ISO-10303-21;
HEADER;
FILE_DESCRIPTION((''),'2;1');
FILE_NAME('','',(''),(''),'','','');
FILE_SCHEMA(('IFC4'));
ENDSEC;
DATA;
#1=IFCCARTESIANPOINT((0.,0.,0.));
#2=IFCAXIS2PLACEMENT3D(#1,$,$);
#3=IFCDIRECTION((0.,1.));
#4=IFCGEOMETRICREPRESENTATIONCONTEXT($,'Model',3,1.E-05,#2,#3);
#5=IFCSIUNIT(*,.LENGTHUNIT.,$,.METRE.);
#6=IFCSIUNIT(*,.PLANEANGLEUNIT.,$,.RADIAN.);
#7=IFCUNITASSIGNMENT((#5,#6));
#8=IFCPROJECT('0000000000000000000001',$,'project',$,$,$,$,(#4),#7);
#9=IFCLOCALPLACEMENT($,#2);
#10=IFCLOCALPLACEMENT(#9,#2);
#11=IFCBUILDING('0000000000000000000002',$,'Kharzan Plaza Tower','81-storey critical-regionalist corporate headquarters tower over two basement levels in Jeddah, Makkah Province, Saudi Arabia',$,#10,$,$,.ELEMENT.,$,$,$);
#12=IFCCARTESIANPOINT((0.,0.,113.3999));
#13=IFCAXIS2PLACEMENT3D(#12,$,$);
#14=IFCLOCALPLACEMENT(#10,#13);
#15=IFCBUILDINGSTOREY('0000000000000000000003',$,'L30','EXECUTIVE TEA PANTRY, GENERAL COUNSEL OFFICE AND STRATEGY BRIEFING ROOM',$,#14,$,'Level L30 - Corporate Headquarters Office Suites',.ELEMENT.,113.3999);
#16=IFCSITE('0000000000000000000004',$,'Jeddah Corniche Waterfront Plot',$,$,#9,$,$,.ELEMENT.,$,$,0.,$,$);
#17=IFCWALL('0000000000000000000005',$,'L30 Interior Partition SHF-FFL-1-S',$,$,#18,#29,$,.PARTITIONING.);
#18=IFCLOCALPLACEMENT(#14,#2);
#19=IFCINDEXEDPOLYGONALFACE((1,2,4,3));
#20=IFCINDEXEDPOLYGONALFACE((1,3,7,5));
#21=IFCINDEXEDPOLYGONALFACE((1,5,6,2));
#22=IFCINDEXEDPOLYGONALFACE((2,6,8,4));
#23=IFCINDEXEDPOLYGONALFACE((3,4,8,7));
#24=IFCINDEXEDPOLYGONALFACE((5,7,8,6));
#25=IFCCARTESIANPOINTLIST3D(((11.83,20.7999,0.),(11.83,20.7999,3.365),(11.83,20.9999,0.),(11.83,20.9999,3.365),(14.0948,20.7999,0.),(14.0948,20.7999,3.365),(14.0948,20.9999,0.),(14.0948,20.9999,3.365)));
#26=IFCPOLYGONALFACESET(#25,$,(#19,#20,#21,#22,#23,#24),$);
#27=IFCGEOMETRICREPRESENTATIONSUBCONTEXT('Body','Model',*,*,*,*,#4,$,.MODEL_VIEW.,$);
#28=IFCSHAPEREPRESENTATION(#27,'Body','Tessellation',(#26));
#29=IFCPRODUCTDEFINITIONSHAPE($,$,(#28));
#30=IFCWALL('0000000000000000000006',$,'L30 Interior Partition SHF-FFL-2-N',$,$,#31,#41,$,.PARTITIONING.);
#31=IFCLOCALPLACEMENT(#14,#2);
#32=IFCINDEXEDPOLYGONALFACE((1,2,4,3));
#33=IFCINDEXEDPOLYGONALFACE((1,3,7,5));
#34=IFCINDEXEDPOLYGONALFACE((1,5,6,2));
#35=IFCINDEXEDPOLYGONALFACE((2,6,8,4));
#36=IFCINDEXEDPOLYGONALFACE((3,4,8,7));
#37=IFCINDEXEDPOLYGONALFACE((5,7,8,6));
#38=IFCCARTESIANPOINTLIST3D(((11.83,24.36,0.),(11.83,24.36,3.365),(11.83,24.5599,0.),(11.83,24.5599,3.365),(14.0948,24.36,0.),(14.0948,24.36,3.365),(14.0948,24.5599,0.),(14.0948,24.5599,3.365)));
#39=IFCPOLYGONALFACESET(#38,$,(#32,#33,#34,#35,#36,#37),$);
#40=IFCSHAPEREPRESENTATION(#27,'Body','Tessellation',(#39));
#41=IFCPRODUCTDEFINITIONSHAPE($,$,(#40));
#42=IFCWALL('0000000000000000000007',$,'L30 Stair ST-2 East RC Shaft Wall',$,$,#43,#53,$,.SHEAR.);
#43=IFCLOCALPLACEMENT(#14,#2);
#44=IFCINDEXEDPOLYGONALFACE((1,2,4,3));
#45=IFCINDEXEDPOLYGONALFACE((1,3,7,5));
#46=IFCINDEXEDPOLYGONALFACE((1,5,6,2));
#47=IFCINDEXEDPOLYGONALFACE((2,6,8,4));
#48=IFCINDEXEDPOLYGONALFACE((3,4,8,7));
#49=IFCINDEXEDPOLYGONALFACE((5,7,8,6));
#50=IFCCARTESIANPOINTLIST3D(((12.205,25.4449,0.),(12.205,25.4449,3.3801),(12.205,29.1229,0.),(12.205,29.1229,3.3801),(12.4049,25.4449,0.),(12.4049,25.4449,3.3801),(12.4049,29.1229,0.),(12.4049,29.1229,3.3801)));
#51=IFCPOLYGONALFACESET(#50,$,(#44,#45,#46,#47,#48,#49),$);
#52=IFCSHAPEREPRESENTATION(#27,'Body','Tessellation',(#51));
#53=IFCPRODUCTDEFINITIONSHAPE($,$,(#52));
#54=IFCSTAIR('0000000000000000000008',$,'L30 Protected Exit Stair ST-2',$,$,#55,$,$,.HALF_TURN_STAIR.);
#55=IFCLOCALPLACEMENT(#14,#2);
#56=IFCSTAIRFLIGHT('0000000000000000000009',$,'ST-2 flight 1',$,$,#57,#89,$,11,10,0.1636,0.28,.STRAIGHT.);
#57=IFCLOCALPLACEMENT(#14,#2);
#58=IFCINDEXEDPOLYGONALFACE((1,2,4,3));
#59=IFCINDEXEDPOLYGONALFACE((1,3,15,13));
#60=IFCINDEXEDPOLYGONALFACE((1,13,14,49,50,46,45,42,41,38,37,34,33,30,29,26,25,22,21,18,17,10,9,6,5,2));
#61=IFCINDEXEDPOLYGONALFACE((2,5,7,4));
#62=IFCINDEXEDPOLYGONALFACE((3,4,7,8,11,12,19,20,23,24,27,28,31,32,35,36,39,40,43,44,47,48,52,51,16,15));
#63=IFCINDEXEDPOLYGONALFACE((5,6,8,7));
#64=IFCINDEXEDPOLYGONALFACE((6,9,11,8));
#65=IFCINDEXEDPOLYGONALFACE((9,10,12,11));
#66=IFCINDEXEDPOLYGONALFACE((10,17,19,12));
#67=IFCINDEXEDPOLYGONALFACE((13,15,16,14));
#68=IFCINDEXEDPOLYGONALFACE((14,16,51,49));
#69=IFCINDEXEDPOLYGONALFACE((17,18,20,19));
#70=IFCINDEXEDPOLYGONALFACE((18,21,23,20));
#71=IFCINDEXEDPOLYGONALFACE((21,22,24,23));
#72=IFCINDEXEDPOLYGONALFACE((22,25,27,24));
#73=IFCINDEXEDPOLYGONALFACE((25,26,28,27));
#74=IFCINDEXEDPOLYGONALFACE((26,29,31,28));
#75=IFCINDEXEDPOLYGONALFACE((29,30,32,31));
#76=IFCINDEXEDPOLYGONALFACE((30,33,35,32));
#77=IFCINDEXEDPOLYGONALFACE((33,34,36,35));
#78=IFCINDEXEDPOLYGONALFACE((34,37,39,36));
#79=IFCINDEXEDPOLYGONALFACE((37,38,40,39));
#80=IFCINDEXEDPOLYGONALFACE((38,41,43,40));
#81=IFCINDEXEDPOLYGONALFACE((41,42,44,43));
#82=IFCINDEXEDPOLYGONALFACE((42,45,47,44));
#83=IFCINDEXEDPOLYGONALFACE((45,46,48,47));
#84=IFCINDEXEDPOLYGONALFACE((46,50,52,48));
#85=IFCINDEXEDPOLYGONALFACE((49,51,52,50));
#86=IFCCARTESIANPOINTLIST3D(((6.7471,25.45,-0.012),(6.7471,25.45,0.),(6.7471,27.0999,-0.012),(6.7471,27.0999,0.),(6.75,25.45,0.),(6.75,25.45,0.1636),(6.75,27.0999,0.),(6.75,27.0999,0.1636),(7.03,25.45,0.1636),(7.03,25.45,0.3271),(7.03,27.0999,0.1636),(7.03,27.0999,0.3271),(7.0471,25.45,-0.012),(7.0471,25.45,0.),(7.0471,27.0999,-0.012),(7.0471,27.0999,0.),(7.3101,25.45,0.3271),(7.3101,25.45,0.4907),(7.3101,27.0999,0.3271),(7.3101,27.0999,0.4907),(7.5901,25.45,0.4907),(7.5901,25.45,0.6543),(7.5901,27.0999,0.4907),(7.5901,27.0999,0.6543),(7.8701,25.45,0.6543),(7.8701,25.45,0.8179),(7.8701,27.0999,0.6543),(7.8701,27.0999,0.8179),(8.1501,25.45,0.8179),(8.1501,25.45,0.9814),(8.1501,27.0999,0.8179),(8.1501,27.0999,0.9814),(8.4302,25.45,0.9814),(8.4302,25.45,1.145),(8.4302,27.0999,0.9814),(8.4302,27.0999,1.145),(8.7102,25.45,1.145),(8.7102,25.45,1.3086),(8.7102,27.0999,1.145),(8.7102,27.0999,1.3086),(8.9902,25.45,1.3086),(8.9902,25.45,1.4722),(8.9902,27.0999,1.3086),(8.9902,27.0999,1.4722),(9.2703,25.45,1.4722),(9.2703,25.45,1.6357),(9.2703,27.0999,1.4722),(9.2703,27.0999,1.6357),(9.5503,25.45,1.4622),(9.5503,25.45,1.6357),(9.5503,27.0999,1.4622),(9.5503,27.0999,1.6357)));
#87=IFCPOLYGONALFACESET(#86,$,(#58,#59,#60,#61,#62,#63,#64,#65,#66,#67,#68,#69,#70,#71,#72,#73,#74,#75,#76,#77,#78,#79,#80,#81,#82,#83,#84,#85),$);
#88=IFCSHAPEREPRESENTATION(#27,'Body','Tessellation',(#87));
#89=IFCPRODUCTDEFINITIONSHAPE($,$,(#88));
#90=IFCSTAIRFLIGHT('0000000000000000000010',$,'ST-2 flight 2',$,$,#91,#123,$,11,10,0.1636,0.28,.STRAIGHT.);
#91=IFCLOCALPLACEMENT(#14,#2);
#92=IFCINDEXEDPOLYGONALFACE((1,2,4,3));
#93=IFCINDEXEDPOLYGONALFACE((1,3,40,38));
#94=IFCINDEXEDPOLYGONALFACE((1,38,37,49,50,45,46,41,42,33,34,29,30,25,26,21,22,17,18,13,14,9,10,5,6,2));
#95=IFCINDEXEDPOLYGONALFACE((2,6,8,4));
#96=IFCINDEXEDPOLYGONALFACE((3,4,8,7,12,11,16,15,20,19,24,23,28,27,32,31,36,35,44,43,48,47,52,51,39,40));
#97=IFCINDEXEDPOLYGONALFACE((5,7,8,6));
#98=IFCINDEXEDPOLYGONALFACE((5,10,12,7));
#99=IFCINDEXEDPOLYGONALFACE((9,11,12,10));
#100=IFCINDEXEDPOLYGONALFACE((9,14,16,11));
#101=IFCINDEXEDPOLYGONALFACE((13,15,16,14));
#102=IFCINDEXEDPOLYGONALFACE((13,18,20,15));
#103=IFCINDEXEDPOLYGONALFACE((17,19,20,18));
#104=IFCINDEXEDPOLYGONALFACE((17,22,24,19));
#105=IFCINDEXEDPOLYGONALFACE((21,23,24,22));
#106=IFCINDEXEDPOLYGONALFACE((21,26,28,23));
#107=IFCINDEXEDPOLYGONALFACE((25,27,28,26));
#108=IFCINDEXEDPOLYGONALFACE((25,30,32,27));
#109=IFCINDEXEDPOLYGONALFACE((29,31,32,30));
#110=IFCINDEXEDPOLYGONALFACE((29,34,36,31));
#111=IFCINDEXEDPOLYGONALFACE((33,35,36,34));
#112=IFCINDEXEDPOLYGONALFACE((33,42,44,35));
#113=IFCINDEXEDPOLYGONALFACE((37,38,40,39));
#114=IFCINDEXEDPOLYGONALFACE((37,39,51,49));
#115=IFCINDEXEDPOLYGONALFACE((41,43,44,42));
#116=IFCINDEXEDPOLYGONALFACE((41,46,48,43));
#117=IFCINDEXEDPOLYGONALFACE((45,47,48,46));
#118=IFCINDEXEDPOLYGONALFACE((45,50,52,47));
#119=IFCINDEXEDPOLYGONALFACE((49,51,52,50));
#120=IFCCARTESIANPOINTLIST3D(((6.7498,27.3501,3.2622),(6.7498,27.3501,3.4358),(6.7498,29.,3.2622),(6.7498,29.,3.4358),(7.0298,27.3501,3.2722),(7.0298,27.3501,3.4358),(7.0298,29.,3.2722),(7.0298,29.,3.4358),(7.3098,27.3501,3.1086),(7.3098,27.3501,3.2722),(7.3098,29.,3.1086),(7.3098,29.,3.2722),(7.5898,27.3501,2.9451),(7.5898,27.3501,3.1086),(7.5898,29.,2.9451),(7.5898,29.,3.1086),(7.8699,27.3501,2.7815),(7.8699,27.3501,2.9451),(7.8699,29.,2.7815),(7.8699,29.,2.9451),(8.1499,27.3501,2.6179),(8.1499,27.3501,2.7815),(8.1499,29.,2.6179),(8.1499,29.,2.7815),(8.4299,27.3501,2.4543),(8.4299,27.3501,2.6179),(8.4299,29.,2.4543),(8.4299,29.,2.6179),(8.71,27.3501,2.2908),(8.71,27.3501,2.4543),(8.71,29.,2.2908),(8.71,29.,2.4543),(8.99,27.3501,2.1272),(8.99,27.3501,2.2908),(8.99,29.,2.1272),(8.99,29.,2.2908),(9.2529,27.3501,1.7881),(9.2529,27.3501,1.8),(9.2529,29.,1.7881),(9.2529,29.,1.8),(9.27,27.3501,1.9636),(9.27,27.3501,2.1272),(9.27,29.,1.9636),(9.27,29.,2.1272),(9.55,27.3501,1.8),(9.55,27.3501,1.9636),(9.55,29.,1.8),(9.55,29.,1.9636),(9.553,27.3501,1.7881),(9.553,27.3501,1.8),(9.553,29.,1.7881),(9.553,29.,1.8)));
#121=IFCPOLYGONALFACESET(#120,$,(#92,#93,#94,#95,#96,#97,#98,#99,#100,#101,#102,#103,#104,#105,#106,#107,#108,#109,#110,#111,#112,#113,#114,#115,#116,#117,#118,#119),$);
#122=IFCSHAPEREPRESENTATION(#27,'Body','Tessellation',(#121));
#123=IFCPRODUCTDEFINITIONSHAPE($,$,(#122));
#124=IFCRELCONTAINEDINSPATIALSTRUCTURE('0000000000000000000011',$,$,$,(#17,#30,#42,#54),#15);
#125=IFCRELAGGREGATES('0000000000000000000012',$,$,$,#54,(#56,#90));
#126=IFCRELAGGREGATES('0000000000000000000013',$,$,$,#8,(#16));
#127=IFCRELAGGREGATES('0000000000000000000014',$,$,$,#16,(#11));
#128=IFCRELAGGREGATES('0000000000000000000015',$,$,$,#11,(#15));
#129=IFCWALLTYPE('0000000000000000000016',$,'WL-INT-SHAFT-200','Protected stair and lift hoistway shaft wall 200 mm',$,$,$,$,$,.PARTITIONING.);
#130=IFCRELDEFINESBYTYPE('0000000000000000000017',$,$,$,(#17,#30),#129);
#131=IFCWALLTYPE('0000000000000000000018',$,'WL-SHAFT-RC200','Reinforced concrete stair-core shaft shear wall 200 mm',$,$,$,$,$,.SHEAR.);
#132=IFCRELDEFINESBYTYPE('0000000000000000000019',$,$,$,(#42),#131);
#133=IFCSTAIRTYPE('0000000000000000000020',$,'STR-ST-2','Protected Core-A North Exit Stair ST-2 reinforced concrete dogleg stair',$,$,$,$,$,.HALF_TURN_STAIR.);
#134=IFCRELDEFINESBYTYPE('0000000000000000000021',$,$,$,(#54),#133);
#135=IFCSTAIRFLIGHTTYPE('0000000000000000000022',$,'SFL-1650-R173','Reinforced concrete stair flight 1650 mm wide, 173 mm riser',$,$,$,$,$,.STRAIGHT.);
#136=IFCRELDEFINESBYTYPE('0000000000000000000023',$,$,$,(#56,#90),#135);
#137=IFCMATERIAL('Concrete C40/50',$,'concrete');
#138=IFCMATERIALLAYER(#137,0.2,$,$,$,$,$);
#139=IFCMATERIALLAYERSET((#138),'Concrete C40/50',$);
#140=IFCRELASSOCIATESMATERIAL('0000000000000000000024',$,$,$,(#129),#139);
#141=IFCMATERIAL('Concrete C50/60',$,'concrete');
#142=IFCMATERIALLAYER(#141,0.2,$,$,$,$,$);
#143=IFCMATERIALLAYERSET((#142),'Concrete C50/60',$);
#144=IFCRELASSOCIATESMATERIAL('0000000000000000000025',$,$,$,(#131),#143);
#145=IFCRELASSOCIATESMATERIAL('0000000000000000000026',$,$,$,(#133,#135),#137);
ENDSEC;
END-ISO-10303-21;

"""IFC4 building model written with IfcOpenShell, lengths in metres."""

from ifc_helpers import new_model, si_unit, direction, frame, frame_2d, origin, place, context, subcontext, project, spatial, polyline, rectangle, outline, extrude, source, transform, mapped, material, layer, layer_set, type_object, element, aggregate, save


model = new_model("IFC4")

# Units and contexts
model_context = context("Model", 3, precision=1e-05, world=origin(), true_north=direction((0.0, 1.0)))
body_context = subcontext(model_context, "Body", "Model", "MODEL_VIEW")
ifc_project = project(units=[si_unit("LENGTHUNIT", "METRE"), si_unit("PLANEANGLEUNIT", "RADIAN")], contexts=[model_context])

# Site, building, storey
site_placement = place(None, origin())
site = spatial("IfcSite", under=ifc_project, at=site_placement, Name="Jeddah Corniche Waterfront Plot", CompositionType="ELEMENT", RefElevation=0.0)
building_placement = place(site_placement, origin())
building = spatial("IfcBuilding", under=site, at=building_placement, Name="Kharzan Plaza Tower", Description="81-storey critical-regionalist corporate headquarters tower over two basement levels in Jeddah, Makkah Province, Saudi Arabia", CompositionType="ELEMENT")
storey_placement = place(building_placement, frame((0.0, 0.0, 113.3999)))
storey = spatial("IfcBuildingStorey", under=building, at=storey_placement, Name="L30", Description="EXECUTIVE TEA PANTRY, GENERAL COUNSEL OFFICE AND STRATEGY BRIEFING ROOM", LongName="Level L30 - Corporate Headquarters Office Suites", CompositionType="ELEMENT", Elevation=113.3999)

# Shared definitions
ifc_material_1 = material(Name="Concrete C40/50", Category="concrete")
ifc_layer_1 = layer(ifc_material_1, 0.2)
ifc_layer_set_1 = layer_set([ifc_layer_1], Name="Concrete C40/50")
wall_type_1 = type_object("IfcWallType", Name="WL-INT-SHAFT-200", Description="Protected stair and lift hoistway shaft wall 200 mm", PredefinedType="PARTITIONING", material=ifc_layer_set_1)

# Walls
shared_shape_1 = source(origin(), body_context, "Body", "SweptSolid", [
    extrude(rectangle(XDim=2.2649, YDim=0.2, at=frame_2d((1.1323, 0.0))), origin(), (0.0, 0.0, 1.0), 3.365),
])
for number, where, z_axis, x_axis, name in (
    (1, (11.8301, 20.8999, 0.0), (0.0, 0.0, 1.0), (1.0, 0.0, 0.0), "L30 Interior Partition SHF-FFL-1-S"),
    (2, (11.8301, 24.46, 0.0), (0.0, 0.0, 1.0), (1.0, 0.0, 0.0), "L30 Interior Partition SHF-FFL-2-N"),
):
    element("IfcWall", number, at=place(storey_placement, frame(where, z_axis=z_axis, x_axis=x_axis)), inside=storey, type_object=wall_type_1, Name=name, PredefinedType="PARTITIONING", context=body_context, shape_type="MappedRepresentation", body=[
        mapped(shared_shape_1, transform((0.0, 0.0, 0.0), x_axis=(1.0, 0.0, 0.0), y_axis=(0.0, 1.0, 0.0), z_axis=(0.0, 0.0, 1.0))),
    ])
ifc_material_2 = material(Name="Concrete C50/60", Category="concrete")
ifc_layer_2 = layer(ifc_material_2, 0.2)
ifc_layer_set_2 = layer_set([ifc_layer_2], Name="Concrete C50/60")
wall_type_2 = type_object("IfcWallType", Name="WL-SHAFT-RC200", Description="Reinforced concrete stair-core shaft shear wall 200 mm", PredefinedType="SHEAR", material=ifc_layer_set_2)
shared_shape_2 = source(origin(), body_context, "Body", "SweptSolid", [
    extrude(rectangle(XDim=3.678, YDim=0.2, at=frame_2d((1.8389, 0.0))), origin(), (0.0, 0.0, 1.0), 3.3801),
])
wall_1_placement = place(storey_placement, frame((12.3049, 25.4451, 0.0), z_axis=(0.0, 0.0, 1.0), x_axis=(0.0, 1.0, 0.0)))
element("IfcWall", 3, at=wall_1_placement, inside=storey, type_object=wall_type_2, Name="L30 Stair ST-2 East RC Shaft Wall", PredefinedType="SHEAR", context=body_context, shape_type="MappedRepresentation", body=[
    mapped(shared_shape_2, transform((0.0, 0.0, 0.0), x_axis=(1.0, 0.0, 0.0), y_axis=(0.0, 1.0, 0.0), z_axis=(0.0, 0.0, 1.0))),
])

# Stair, stair flights
stair_type = type_object("IfcStairType", Name="STR-ST-2", Description="Protected Core-A North Exit Stair ST-2 reinforced concrete dogleg stair", PredefinedType="HALF_TURN_STAIR", material=ifc_material_1)
stair_placement = place(storey_placement, origin())
stair = element("IfcStair", 4, at=stair_placement, inside=storey, type_object=stair_type, Name="L30 Protected Exit Stair ST-2", PredefinedType="HALF_TURN_STAIR")
stair_flight_type = type_object("IfcStairFlightType", Name="SFL-1650-R173", Description="Reinforced concrete stair flight 1650 mm wide, 173 mm riser", PredefinedType="STRAIGHT", material=ifc_material_1)
shared_shape_3 = source(origin(), body_context, "Body", "SweptSolid", [
    extrude(outline(polyline([(-0.0029, -0.012), (-0.0029, 0.0), (0.0, 0.0), (0.0, 0.1636), (0.28, 0.1636), (0.28, 0.3271), (0.5601, 0.3271), (0.5601, 0.4907), (0.8401, 0.4907), (0.8401, 0.6543), (1.1201, 0.6543), (1.1201, 0.8179), (1.4001, 0.8179), (1.4001, 0.9814), (1.6802, 0.9814), (1.6802, 1.145), (1.9602, 1.145), (1.9602, 1.3086), (2.2402, 1.3086), (2.2402, 1.4722), (2.5203, 1.4722), (2.5203, 1.6357), (2.8003, 1.6357), (2.8003, 1.7993), (2.8003, 1.4622), (0.2971, 0.0), (0.2971, -0.012), (-0.0029, -0.012)])), frame((0.0, 0.825, 0.0), z_axis=(0.0, -1.0, 0.0), x_axis=(1.0, 0.0, 0.0)), (0.0, 0.0, 1.0), 1.6499),
])
stair_flight_1_placement = place(storey_placement, frame((6.75, 26.2749, 0.0), z_axis=(0.0, 0.0, 1.0), x_axis=(1.0, 0.0, 0.0)))
stair_flight_1 = element("IfcStairFlight", 5, at=stair_flight_1_placement, type_object=stair_flight_type, Name="ST-2 flight 1", NumberOfRisers=11, NumberOfTreads=10, PredefinedType="STRAIGHT", RiserHeight=0.1636, TreadLength=0.28, context=body_context, shape_type="MappedRepresentation", body=[
    mapped(shared_shape_3, transform((0.0, 0.0, 0.0), x_axis=(1.0, 0.0, 0.0), y_axis=(0.0, 1.0, 0.0), z_axis=(0.0, 0.0, 1.0))),
])
stair_flight_2_placement = place(storey_placement, frame((9.55, 28.175, 1.8), z_axis=(0.0, 0.0, 1.0), x_axis=(-1.0, 0.0, 0.0)))
stair_flight_2 = element("IfcStairFlight", 6, at=stair_flight_2_placement, type_object=stair_flight_type, Name="ST-2 flight 2", NumberOfRisers=11, NumberOfTreads=10, PredefinedType="STRAIGHT", RiserHeight=0.1636, TreadLength=0.28, context=body_context, shape_type="MappedRepresentation", body=[
    mapped(shared_shape_3, transform((0.0, 0.0, 0.0), x_axis=(1.0, 0.0, 0.0), y_axis=(0.0, 1.0, 0.0), z_axis=(0.0, 0.0, 1.0))),
])
aggregate(stair, [stair_flight_1, stair_flight_2])

save(model, "model.ifc")
